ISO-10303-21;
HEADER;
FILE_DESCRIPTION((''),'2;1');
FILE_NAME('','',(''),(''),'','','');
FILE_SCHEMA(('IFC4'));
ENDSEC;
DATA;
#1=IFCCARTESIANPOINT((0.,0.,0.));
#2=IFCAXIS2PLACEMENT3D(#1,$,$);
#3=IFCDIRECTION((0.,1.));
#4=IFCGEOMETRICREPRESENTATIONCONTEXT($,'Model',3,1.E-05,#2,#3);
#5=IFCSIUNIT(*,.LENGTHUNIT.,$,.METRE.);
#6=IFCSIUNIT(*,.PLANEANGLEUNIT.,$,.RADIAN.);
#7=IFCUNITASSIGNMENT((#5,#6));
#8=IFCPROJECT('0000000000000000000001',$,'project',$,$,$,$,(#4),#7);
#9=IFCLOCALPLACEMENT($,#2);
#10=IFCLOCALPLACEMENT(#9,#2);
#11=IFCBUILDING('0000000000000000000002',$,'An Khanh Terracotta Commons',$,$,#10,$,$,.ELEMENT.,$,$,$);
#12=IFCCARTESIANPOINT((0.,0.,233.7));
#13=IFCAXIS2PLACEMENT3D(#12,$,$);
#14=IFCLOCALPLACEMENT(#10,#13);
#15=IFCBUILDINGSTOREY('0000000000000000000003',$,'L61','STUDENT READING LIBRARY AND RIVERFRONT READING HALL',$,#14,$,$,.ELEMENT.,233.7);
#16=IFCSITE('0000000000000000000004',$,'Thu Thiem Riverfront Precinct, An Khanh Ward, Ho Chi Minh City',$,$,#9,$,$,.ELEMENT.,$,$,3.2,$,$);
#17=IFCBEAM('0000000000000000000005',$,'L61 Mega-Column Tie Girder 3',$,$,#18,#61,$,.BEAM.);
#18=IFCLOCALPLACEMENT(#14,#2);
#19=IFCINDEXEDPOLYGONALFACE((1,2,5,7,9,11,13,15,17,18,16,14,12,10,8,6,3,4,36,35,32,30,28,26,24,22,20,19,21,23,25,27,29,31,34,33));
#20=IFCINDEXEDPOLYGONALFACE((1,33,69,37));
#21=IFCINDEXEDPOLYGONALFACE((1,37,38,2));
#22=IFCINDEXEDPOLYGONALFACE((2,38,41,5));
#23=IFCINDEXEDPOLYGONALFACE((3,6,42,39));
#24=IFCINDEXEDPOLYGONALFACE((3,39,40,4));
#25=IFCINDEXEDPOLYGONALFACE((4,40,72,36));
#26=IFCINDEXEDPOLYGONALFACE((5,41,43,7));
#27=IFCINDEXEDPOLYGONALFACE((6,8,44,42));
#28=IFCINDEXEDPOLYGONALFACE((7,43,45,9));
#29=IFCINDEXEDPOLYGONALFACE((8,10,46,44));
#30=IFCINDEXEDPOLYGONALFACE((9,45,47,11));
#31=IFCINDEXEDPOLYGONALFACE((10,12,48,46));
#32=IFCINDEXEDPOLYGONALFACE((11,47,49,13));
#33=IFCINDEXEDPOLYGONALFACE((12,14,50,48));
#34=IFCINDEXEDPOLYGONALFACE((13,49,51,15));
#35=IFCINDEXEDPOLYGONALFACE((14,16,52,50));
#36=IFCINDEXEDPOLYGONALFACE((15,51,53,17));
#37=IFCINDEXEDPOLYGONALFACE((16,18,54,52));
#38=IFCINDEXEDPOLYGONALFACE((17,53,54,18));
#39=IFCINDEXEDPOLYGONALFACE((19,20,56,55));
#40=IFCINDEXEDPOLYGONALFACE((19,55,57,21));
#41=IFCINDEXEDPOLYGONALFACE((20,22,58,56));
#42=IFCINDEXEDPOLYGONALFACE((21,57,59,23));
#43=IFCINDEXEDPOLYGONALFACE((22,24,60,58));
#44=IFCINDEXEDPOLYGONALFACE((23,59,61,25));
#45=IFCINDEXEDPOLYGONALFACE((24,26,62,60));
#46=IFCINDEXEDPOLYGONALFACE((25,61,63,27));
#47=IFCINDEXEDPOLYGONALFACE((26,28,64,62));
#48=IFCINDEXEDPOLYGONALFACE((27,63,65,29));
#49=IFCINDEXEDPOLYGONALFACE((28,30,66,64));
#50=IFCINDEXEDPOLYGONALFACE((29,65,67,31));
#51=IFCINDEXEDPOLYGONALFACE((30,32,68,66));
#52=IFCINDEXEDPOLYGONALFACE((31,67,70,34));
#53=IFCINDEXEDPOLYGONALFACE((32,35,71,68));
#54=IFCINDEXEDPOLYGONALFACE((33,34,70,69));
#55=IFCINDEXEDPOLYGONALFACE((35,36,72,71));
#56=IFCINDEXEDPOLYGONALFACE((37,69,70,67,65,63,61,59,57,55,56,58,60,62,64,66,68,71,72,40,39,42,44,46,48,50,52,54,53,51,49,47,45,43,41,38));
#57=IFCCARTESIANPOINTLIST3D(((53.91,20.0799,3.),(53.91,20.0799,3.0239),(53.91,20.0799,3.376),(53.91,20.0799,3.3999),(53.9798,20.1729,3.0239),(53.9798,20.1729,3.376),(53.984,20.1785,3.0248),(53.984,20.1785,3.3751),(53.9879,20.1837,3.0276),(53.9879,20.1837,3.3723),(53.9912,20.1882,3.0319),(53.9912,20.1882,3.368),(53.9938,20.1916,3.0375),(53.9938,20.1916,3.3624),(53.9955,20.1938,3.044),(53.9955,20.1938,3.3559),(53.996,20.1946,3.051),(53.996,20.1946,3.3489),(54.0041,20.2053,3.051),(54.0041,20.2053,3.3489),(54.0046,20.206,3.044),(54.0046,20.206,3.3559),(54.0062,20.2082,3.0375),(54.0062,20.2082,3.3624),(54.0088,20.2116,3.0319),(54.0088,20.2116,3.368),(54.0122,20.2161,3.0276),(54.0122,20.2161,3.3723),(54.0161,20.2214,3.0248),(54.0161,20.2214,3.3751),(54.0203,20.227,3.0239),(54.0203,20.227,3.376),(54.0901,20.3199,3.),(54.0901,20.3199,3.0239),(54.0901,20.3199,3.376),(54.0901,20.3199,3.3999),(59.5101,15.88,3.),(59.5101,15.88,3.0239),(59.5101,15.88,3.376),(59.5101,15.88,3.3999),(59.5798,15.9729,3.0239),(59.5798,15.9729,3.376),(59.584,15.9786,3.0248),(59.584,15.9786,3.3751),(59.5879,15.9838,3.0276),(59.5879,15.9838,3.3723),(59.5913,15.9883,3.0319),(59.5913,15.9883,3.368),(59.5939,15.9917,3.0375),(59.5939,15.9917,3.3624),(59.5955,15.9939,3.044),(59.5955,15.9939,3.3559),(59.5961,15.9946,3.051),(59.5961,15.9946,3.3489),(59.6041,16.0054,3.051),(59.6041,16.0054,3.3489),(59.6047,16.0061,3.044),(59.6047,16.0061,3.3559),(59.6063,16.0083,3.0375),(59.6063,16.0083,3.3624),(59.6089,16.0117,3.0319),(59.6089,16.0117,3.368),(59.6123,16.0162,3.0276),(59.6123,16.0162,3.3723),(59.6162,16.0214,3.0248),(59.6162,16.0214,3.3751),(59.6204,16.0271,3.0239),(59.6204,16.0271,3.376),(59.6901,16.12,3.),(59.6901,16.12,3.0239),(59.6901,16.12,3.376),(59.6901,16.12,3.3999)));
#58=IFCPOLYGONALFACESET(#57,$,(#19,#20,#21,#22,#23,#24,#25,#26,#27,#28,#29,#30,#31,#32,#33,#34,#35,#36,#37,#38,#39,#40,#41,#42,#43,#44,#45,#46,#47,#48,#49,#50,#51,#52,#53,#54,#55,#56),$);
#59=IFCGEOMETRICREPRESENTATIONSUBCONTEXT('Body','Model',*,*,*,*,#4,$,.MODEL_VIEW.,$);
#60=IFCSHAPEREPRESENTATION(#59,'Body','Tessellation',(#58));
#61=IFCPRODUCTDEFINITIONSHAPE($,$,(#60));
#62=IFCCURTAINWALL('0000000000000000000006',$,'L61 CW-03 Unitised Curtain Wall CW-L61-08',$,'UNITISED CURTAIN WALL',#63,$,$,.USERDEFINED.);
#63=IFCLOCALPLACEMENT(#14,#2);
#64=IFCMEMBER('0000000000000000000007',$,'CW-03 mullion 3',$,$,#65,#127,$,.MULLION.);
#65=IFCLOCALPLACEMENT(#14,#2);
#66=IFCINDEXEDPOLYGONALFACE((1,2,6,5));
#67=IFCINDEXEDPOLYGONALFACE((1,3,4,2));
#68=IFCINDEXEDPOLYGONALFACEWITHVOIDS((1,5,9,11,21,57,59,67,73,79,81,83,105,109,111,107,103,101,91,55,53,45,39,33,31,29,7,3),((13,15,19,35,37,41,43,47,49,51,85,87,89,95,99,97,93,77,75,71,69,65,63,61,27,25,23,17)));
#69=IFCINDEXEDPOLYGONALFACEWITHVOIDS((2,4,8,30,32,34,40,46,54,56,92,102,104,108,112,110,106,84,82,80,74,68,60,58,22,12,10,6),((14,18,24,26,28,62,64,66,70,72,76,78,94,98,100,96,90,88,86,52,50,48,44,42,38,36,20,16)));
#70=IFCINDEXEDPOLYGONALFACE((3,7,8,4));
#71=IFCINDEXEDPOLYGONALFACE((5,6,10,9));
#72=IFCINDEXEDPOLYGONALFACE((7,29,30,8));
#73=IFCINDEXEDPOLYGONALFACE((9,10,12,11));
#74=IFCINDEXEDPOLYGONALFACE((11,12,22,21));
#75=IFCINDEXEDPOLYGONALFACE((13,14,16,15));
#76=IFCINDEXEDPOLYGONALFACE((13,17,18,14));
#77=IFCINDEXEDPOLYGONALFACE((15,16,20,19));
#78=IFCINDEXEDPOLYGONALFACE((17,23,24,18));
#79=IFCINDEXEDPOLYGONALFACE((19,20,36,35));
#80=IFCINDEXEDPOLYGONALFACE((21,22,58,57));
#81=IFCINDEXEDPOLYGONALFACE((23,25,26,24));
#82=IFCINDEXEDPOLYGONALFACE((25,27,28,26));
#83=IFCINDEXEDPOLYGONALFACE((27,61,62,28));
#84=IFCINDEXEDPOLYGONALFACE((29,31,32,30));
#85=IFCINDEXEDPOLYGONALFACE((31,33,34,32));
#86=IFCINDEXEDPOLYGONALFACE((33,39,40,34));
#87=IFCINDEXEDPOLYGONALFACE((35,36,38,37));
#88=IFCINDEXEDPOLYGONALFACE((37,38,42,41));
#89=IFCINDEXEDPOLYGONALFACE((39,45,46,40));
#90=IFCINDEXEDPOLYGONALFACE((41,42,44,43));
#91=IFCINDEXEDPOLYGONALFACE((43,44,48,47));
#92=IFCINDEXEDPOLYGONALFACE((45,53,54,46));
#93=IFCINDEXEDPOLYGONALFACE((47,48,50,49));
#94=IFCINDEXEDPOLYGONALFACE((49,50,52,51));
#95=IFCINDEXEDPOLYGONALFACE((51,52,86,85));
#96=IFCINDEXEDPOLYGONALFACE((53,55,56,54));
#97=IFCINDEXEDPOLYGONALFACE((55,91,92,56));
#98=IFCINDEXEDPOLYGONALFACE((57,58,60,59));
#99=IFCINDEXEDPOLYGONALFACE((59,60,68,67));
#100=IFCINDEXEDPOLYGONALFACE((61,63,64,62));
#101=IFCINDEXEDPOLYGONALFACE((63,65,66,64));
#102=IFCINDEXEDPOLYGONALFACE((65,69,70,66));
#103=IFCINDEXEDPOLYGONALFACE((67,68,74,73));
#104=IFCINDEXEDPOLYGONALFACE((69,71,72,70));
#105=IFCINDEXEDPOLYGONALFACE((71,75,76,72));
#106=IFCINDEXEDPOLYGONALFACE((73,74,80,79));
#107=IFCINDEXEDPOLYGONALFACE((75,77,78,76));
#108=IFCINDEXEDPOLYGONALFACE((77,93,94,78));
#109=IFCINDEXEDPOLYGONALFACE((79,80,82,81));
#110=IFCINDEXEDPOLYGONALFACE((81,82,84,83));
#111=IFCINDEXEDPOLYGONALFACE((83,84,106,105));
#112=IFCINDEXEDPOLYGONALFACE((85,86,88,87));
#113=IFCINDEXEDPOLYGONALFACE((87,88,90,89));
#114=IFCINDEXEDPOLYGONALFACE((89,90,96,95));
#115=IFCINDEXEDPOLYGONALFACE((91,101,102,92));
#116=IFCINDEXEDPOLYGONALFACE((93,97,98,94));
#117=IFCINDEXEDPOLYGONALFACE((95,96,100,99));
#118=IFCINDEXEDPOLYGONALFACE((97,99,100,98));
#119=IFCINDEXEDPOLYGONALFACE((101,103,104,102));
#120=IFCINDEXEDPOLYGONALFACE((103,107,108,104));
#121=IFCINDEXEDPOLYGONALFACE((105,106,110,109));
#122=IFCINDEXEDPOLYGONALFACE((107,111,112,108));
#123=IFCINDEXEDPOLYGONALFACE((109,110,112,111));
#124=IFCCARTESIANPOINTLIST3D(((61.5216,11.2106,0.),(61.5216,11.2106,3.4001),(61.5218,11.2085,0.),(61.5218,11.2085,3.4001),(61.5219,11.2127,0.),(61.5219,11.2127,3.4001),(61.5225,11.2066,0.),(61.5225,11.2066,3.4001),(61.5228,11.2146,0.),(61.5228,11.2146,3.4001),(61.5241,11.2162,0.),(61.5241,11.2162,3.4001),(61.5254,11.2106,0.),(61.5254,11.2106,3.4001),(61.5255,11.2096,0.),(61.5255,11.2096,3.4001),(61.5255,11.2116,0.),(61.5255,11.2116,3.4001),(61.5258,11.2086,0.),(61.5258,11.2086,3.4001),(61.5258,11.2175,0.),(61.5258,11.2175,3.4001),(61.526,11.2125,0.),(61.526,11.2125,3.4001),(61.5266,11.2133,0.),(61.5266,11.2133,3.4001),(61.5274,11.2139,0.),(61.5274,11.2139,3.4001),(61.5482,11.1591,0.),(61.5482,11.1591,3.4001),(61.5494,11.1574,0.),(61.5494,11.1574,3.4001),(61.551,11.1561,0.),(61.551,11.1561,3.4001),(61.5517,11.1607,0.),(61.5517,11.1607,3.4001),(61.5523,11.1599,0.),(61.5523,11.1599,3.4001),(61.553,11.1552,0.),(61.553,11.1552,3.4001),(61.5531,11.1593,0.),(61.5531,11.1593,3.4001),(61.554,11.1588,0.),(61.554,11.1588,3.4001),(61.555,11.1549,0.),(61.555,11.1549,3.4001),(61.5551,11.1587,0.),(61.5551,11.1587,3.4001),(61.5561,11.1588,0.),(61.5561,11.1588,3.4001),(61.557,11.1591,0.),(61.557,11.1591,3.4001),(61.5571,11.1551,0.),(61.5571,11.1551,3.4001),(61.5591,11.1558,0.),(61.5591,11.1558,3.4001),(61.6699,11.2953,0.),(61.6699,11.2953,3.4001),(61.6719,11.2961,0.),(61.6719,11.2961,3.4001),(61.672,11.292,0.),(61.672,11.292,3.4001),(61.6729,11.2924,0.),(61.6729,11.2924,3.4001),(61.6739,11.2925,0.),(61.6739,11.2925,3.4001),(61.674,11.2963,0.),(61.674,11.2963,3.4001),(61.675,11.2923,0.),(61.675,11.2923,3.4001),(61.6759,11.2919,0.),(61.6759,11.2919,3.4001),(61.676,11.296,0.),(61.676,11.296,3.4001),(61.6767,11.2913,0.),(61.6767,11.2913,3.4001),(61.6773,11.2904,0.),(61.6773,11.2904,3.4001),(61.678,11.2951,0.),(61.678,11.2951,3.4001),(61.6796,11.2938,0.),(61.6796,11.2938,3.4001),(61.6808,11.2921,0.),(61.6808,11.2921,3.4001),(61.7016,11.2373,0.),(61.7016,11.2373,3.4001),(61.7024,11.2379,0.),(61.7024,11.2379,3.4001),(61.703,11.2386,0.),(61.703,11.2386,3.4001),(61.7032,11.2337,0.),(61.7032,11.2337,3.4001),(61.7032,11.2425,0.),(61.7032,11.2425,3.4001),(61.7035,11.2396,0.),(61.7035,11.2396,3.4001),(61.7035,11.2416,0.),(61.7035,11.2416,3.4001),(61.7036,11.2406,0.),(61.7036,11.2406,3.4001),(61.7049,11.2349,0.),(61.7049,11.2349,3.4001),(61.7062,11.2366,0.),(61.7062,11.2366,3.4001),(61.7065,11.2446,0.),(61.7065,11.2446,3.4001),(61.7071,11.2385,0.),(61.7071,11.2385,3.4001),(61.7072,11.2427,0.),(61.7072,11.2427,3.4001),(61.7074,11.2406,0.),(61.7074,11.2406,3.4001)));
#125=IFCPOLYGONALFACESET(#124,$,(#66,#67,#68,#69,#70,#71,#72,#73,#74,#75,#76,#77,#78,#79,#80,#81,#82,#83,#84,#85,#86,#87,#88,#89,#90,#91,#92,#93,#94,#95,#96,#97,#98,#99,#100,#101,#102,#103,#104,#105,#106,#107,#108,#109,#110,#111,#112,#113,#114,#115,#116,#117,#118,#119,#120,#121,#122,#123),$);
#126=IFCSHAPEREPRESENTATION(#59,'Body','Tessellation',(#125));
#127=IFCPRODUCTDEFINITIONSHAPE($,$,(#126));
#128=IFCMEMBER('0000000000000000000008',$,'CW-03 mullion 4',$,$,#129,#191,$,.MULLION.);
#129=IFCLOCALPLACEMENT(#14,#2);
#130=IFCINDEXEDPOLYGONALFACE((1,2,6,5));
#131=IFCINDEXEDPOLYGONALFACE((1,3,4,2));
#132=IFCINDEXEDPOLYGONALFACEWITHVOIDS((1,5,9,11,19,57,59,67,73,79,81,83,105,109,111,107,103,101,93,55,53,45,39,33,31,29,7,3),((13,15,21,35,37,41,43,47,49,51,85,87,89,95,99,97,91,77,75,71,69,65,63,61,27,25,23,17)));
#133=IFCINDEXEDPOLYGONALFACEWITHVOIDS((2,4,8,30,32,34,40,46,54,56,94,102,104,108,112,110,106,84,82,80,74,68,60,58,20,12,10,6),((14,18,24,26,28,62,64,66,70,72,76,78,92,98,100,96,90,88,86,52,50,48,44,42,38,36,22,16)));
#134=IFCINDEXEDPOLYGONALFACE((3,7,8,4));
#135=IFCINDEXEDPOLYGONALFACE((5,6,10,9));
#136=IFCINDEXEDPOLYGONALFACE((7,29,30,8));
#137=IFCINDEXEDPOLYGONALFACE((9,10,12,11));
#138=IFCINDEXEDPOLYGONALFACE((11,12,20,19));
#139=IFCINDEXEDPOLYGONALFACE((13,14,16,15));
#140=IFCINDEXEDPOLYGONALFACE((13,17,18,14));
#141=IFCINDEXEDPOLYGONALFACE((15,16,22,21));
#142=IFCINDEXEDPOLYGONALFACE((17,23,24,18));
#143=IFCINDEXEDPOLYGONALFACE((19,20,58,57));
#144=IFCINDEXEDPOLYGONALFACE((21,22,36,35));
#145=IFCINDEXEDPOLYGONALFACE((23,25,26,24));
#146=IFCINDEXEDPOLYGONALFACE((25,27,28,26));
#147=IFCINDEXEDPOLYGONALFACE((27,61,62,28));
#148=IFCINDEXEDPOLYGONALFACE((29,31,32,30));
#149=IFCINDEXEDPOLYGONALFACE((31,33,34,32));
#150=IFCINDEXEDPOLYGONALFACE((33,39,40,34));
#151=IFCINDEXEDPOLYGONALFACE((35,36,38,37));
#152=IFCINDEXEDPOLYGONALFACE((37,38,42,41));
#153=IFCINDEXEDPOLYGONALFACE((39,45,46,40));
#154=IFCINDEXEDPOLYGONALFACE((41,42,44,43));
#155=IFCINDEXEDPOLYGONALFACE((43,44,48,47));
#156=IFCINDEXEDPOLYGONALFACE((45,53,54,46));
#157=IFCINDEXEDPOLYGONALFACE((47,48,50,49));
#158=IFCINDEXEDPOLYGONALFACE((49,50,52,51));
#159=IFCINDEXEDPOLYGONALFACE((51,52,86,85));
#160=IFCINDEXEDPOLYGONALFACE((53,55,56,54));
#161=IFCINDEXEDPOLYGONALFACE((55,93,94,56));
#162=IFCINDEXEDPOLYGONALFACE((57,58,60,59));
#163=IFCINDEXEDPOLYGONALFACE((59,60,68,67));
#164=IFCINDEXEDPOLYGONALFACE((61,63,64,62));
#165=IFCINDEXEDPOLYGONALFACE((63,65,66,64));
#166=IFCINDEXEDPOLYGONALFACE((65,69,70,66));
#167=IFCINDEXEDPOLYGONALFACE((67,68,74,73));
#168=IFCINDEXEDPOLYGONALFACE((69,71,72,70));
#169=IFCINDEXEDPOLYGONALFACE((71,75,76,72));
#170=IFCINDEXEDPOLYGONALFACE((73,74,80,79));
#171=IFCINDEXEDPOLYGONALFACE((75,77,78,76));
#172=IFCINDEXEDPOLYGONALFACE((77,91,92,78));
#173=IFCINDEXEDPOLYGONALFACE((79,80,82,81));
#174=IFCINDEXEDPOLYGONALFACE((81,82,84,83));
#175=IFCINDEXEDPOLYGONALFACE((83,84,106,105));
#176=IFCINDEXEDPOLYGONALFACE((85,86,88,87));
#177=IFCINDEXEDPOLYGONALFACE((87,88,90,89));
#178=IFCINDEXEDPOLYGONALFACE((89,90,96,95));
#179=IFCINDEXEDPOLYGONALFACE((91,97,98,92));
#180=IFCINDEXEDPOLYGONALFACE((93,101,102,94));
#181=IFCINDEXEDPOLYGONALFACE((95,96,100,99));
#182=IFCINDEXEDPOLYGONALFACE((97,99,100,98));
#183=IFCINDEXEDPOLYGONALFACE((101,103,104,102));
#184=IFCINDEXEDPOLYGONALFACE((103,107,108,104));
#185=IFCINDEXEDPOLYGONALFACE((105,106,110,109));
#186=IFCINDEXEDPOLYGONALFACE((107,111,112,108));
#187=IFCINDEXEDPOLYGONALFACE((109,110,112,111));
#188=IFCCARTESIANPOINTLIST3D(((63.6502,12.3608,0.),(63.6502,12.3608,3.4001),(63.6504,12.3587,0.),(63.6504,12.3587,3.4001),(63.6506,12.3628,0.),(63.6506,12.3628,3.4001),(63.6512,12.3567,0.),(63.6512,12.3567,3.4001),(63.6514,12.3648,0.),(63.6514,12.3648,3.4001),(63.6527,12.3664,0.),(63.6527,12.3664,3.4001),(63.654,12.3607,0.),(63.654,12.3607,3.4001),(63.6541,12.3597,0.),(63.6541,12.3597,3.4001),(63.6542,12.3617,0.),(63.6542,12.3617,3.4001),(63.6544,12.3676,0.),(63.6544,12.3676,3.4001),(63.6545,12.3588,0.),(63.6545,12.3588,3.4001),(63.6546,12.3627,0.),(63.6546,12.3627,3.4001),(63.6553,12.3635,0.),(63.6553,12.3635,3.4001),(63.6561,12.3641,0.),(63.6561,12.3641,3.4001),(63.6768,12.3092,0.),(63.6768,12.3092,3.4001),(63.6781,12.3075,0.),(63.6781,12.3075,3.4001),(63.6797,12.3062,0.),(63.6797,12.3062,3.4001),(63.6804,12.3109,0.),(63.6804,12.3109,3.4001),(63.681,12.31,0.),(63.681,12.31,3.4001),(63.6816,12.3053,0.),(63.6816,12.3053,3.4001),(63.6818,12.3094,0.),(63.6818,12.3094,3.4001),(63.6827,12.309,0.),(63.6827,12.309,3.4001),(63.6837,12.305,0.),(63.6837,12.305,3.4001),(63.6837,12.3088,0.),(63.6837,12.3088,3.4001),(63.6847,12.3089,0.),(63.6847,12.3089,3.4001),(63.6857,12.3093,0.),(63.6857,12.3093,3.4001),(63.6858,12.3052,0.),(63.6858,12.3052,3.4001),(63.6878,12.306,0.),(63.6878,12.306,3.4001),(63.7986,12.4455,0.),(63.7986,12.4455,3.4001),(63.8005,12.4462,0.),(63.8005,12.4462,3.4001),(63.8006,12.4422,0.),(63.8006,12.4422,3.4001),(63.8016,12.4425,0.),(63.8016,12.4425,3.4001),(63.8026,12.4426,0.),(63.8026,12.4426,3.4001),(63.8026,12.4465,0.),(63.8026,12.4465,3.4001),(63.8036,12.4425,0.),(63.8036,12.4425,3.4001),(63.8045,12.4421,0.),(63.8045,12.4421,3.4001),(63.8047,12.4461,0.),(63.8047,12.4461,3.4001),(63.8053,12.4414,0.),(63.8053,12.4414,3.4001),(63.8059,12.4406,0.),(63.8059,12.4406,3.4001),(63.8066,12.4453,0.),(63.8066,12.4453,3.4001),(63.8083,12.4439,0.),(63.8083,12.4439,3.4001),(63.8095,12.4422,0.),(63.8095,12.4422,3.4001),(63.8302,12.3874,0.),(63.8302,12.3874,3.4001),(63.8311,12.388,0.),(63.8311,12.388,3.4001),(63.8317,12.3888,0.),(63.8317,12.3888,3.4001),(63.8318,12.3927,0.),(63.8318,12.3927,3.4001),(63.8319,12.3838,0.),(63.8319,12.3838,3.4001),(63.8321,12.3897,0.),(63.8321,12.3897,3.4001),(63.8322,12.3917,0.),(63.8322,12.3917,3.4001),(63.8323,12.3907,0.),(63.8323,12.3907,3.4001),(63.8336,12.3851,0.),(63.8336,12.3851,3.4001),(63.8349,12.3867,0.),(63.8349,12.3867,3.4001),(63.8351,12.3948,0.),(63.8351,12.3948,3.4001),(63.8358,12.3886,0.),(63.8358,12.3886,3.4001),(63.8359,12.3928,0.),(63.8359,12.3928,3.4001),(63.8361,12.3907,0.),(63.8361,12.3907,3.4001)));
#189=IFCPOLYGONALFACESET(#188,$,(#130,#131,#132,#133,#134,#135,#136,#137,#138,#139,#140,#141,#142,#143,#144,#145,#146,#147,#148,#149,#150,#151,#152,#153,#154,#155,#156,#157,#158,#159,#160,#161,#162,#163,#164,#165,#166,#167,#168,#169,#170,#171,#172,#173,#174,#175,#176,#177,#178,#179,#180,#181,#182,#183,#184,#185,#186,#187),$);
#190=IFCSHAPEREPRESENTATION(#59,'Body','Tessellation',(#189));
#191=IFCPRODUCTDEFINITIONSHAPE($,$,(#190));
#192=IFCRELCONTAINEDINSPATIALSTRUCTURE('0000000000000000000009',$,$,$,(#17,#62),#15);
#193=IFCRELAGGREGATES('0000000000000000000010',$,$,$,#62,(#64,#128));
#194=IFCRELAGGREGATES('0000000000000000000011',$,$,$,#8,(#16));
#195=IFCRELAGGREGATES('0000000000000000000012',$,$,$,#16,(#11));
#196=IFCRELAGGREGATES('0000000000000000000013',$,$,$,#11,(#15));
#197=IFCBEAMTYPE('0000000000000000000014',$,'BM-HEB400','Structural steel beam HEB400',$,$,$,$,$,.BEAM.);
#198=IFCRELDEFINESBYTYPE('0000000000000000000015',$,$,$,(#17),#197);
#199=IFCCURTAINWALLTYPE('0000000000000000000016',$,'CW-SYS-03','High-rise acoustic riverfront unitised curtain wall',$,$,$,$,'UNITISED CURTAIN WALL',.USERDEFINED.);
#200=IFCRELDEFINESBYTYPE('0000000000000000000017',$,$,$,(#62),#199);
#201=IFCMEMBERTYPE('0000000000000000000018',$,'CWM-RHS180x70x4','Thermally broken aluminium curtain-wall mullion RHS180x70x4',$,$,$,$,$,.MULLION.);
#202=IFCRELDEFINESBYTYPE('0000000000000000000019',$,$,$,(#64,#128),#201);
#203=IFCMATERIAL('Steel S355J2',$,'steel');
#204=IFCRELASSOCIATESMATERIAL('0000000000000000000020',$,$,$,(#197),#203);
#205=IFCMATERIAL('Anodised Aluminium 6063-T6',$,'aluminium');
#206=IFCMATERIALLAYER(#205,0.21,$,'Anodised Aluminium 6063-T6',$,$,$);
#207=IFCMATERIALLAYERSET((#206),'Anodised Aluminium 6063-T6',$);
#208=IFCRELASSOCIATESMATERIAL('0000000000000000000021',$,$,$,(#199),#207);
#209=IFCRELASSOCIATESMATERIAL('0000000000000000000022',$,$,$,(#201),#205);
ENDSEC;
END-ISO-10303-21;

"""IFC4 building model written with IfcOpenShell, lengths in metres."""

from ifc_helpers import new_model, si_unit, direction, frame, origin, origin_2d, place, context, subcontext, project, spatial, hollow_rectangle, i_section, extrude, material, layer, layer_set, material_profile, profile_set, type_object, element, aggregate, save


model = new_model("IFC4")

# Units and contexts
model_context = context("Model", 3, precision=1e-05, world=origin(), true_north=direction((0.0, 1.0)))
body_context = subcontext(model_context, "Body", "Model", "MODEL_VIEW")
ifc_project = project(units=[si_unit("LENGTHUNIT", "METRE"), si_unit("PLANEANGLEUNIT", "RADIAN")], contexts=[model_context])

# Site, building, storey
site_placement = place(None, origin())
site = spatial("IfcSite", under=ifc_project, at=site_placement, Name="Thu Thiem Riverfront Precinct, An Khanh Ward, Ho Chi Minh City", CompositionType="ELEMENT", RefElevation=3.2)
building_placement = place(site_placement, origin())
building = spatial("IfcBuilding", under=site, at=building_placement, Name="An Khanh Terracotta Commons", CompositionType="ELEMENT")
storey_placement = place(building_placement, frame((0.0, 0.0, 233.7)))
storey = spatial("IfcBuildingStorey", under=building, at=storey_placement, Name="L61", Description="STUDENT READING LIBRARY AND RIVERFRONT READING HALL", CompositionType="ELEMENT", Elevation=233.7)

# Beam
ifc_material_1 = material(Name="Steel S355J2", Category="steel")
ifc_material_profile_1 = material_profile(ifc_material_1, i_section(OverallWidth=0.3, OverallDepth=0.3999, WebThickness=0.0134, FlangeThickness=0.0239, FilletRadius=0.0271, at=origin_2d()), Name="HEB400")
ifc_profile_set_1 = profile_set([ifc_material_profile_1], Name="Steel S355J2")
beam_type = type_object("IfcBeamType", Name="BM-HEB400", Description="Structural steel beam HEB400", PredefinedType="BEAM", material=ifc_profile_set_1)
beam_placement = place(storey_placement, frame((59.6001, 16.0, 3.2), z_axis=(-0.800008, 0.599989, 0.0), x_axis=(-0.599989, -0.800008, 0.0)))
element("IfcBeam", 1, at=beam_placement, inside=storey, type_object=beam_type, Name="L61 Mega-Column Tie Girder 3", PredefinedType="BEAM", context=body_context, shape_type="SweptSolid", body=[
    extrude(i_section(OverallWidth=0.3, OverallDepth=0.3999, WebThickness=0.0134, FlangeThickness=0.0239, FilletRadius=0.0271, at=origin_2d()), origin(), (0.0, 0.0, 1.0), 7.0),
])

# Curtain wall, members
ifc_material_2 = material(Name="Anodised Aluminium 6063-T6", Category="aluminium")
ifc_layer_1 = layer(ifc_material_2, 0.21, Name="Anodised Aluminium 6063-T6")
ifc_layer_set_1 = layer_set([ifc_layer_1], Name="Anodised Aluminium 6063-T6")
curtain_wall_type = type_object("IfcCurtainWallType", Name="CW-SYS-03", Description="High-rise acoustic riverfront unitised curtain wall", ElementType="UNITISED CURTAIN WALL", PredefinedType="USERDEFINED", material=ifc_layer_set_1)
curtain_wall_1_placement = place(storey_placement, origin())
curtain_wall_1 = element("IfcCurtainWall", 2, at=curtain_wall_1_placement, inside=storey, type_object=curtain_wall_type, Name="L61 CW-03 Unitised Curtain Wall CW-L61-08", ObjectType="UNITISED CURTAIN WALL", PredefinedType="USERDEFINED")
ifc_material_profile_2 = material_profile(ifc_material_2, hollow_rectangle(XDim=0.0701, YDim=0.1799, WallThickness=0.0039, InnerFilletRadius=0.0039, OuterFilletRadius=0.0081, at=origin_2d()), Name="RHS180x70x4")
ifc_profile_set_2 = profile_set([ifc_material_profile_2], Name="Anodised Aluminium 6063-T6")
member_type_1 = type_object("IfcMemberType", Name="CWM-RHS180x70x4", Description="Thermally broken aluminium curtain-wall mullion RHS180x70x4", PredefinedType="MULLION", material=ifc_profile_set_2)
member_1_placement = place(storey_placement, frame((61.6145, 11.2256, 0.0), z_axis=(0.0, 0.0, 1.0), x_axis=(-0.475381, 0.87978, 0.0)))
member_1 = element("IfcMember", 3, at=member_1_placement, type_object=member_type_1, Name="CW-03 mullion 3", PredefinedType="MULLION", context=body_context, shape_type="SweptSolid", body=[
    extrude(hollow_rectangle(XDim=0.0701, YDim=0.1799, WallThickness=0.0039, InnerFilletRadius=0.0039, OuterFilletRadius=0.0081, at=origin_2d()), origin(), (0.0, 0.0, 1.0), 3.4001),
])
member_2_placement = place(storey_placement, frame((63.7432, 12.3757, 0.0), z_axis=(0.0, 0.0, 1.0), x_axis=(-0.475381, 0.87978, 0.0)))
member_2 = element("IfcMember", 4, at=member_2_placement, type_object=member_type_1, Name="CW-03 mullion 4", PredefinedType="MULLION", context=body_context, shape_type="SweptSolid", body=[
    extrude(hollow_rectangle(XDim=0.0701, YDim=0.1799, WallThickness=0.0039, InnerFilletRadius=0.0039, OuterFilletRadius=0.0081, at=origin_2d()), origin(), (0.0, 0.0, 1.0), 3.4001),
])

aggregate(curtain_wall_1, [member_1, member_2])

save(model, "model.ifc")
